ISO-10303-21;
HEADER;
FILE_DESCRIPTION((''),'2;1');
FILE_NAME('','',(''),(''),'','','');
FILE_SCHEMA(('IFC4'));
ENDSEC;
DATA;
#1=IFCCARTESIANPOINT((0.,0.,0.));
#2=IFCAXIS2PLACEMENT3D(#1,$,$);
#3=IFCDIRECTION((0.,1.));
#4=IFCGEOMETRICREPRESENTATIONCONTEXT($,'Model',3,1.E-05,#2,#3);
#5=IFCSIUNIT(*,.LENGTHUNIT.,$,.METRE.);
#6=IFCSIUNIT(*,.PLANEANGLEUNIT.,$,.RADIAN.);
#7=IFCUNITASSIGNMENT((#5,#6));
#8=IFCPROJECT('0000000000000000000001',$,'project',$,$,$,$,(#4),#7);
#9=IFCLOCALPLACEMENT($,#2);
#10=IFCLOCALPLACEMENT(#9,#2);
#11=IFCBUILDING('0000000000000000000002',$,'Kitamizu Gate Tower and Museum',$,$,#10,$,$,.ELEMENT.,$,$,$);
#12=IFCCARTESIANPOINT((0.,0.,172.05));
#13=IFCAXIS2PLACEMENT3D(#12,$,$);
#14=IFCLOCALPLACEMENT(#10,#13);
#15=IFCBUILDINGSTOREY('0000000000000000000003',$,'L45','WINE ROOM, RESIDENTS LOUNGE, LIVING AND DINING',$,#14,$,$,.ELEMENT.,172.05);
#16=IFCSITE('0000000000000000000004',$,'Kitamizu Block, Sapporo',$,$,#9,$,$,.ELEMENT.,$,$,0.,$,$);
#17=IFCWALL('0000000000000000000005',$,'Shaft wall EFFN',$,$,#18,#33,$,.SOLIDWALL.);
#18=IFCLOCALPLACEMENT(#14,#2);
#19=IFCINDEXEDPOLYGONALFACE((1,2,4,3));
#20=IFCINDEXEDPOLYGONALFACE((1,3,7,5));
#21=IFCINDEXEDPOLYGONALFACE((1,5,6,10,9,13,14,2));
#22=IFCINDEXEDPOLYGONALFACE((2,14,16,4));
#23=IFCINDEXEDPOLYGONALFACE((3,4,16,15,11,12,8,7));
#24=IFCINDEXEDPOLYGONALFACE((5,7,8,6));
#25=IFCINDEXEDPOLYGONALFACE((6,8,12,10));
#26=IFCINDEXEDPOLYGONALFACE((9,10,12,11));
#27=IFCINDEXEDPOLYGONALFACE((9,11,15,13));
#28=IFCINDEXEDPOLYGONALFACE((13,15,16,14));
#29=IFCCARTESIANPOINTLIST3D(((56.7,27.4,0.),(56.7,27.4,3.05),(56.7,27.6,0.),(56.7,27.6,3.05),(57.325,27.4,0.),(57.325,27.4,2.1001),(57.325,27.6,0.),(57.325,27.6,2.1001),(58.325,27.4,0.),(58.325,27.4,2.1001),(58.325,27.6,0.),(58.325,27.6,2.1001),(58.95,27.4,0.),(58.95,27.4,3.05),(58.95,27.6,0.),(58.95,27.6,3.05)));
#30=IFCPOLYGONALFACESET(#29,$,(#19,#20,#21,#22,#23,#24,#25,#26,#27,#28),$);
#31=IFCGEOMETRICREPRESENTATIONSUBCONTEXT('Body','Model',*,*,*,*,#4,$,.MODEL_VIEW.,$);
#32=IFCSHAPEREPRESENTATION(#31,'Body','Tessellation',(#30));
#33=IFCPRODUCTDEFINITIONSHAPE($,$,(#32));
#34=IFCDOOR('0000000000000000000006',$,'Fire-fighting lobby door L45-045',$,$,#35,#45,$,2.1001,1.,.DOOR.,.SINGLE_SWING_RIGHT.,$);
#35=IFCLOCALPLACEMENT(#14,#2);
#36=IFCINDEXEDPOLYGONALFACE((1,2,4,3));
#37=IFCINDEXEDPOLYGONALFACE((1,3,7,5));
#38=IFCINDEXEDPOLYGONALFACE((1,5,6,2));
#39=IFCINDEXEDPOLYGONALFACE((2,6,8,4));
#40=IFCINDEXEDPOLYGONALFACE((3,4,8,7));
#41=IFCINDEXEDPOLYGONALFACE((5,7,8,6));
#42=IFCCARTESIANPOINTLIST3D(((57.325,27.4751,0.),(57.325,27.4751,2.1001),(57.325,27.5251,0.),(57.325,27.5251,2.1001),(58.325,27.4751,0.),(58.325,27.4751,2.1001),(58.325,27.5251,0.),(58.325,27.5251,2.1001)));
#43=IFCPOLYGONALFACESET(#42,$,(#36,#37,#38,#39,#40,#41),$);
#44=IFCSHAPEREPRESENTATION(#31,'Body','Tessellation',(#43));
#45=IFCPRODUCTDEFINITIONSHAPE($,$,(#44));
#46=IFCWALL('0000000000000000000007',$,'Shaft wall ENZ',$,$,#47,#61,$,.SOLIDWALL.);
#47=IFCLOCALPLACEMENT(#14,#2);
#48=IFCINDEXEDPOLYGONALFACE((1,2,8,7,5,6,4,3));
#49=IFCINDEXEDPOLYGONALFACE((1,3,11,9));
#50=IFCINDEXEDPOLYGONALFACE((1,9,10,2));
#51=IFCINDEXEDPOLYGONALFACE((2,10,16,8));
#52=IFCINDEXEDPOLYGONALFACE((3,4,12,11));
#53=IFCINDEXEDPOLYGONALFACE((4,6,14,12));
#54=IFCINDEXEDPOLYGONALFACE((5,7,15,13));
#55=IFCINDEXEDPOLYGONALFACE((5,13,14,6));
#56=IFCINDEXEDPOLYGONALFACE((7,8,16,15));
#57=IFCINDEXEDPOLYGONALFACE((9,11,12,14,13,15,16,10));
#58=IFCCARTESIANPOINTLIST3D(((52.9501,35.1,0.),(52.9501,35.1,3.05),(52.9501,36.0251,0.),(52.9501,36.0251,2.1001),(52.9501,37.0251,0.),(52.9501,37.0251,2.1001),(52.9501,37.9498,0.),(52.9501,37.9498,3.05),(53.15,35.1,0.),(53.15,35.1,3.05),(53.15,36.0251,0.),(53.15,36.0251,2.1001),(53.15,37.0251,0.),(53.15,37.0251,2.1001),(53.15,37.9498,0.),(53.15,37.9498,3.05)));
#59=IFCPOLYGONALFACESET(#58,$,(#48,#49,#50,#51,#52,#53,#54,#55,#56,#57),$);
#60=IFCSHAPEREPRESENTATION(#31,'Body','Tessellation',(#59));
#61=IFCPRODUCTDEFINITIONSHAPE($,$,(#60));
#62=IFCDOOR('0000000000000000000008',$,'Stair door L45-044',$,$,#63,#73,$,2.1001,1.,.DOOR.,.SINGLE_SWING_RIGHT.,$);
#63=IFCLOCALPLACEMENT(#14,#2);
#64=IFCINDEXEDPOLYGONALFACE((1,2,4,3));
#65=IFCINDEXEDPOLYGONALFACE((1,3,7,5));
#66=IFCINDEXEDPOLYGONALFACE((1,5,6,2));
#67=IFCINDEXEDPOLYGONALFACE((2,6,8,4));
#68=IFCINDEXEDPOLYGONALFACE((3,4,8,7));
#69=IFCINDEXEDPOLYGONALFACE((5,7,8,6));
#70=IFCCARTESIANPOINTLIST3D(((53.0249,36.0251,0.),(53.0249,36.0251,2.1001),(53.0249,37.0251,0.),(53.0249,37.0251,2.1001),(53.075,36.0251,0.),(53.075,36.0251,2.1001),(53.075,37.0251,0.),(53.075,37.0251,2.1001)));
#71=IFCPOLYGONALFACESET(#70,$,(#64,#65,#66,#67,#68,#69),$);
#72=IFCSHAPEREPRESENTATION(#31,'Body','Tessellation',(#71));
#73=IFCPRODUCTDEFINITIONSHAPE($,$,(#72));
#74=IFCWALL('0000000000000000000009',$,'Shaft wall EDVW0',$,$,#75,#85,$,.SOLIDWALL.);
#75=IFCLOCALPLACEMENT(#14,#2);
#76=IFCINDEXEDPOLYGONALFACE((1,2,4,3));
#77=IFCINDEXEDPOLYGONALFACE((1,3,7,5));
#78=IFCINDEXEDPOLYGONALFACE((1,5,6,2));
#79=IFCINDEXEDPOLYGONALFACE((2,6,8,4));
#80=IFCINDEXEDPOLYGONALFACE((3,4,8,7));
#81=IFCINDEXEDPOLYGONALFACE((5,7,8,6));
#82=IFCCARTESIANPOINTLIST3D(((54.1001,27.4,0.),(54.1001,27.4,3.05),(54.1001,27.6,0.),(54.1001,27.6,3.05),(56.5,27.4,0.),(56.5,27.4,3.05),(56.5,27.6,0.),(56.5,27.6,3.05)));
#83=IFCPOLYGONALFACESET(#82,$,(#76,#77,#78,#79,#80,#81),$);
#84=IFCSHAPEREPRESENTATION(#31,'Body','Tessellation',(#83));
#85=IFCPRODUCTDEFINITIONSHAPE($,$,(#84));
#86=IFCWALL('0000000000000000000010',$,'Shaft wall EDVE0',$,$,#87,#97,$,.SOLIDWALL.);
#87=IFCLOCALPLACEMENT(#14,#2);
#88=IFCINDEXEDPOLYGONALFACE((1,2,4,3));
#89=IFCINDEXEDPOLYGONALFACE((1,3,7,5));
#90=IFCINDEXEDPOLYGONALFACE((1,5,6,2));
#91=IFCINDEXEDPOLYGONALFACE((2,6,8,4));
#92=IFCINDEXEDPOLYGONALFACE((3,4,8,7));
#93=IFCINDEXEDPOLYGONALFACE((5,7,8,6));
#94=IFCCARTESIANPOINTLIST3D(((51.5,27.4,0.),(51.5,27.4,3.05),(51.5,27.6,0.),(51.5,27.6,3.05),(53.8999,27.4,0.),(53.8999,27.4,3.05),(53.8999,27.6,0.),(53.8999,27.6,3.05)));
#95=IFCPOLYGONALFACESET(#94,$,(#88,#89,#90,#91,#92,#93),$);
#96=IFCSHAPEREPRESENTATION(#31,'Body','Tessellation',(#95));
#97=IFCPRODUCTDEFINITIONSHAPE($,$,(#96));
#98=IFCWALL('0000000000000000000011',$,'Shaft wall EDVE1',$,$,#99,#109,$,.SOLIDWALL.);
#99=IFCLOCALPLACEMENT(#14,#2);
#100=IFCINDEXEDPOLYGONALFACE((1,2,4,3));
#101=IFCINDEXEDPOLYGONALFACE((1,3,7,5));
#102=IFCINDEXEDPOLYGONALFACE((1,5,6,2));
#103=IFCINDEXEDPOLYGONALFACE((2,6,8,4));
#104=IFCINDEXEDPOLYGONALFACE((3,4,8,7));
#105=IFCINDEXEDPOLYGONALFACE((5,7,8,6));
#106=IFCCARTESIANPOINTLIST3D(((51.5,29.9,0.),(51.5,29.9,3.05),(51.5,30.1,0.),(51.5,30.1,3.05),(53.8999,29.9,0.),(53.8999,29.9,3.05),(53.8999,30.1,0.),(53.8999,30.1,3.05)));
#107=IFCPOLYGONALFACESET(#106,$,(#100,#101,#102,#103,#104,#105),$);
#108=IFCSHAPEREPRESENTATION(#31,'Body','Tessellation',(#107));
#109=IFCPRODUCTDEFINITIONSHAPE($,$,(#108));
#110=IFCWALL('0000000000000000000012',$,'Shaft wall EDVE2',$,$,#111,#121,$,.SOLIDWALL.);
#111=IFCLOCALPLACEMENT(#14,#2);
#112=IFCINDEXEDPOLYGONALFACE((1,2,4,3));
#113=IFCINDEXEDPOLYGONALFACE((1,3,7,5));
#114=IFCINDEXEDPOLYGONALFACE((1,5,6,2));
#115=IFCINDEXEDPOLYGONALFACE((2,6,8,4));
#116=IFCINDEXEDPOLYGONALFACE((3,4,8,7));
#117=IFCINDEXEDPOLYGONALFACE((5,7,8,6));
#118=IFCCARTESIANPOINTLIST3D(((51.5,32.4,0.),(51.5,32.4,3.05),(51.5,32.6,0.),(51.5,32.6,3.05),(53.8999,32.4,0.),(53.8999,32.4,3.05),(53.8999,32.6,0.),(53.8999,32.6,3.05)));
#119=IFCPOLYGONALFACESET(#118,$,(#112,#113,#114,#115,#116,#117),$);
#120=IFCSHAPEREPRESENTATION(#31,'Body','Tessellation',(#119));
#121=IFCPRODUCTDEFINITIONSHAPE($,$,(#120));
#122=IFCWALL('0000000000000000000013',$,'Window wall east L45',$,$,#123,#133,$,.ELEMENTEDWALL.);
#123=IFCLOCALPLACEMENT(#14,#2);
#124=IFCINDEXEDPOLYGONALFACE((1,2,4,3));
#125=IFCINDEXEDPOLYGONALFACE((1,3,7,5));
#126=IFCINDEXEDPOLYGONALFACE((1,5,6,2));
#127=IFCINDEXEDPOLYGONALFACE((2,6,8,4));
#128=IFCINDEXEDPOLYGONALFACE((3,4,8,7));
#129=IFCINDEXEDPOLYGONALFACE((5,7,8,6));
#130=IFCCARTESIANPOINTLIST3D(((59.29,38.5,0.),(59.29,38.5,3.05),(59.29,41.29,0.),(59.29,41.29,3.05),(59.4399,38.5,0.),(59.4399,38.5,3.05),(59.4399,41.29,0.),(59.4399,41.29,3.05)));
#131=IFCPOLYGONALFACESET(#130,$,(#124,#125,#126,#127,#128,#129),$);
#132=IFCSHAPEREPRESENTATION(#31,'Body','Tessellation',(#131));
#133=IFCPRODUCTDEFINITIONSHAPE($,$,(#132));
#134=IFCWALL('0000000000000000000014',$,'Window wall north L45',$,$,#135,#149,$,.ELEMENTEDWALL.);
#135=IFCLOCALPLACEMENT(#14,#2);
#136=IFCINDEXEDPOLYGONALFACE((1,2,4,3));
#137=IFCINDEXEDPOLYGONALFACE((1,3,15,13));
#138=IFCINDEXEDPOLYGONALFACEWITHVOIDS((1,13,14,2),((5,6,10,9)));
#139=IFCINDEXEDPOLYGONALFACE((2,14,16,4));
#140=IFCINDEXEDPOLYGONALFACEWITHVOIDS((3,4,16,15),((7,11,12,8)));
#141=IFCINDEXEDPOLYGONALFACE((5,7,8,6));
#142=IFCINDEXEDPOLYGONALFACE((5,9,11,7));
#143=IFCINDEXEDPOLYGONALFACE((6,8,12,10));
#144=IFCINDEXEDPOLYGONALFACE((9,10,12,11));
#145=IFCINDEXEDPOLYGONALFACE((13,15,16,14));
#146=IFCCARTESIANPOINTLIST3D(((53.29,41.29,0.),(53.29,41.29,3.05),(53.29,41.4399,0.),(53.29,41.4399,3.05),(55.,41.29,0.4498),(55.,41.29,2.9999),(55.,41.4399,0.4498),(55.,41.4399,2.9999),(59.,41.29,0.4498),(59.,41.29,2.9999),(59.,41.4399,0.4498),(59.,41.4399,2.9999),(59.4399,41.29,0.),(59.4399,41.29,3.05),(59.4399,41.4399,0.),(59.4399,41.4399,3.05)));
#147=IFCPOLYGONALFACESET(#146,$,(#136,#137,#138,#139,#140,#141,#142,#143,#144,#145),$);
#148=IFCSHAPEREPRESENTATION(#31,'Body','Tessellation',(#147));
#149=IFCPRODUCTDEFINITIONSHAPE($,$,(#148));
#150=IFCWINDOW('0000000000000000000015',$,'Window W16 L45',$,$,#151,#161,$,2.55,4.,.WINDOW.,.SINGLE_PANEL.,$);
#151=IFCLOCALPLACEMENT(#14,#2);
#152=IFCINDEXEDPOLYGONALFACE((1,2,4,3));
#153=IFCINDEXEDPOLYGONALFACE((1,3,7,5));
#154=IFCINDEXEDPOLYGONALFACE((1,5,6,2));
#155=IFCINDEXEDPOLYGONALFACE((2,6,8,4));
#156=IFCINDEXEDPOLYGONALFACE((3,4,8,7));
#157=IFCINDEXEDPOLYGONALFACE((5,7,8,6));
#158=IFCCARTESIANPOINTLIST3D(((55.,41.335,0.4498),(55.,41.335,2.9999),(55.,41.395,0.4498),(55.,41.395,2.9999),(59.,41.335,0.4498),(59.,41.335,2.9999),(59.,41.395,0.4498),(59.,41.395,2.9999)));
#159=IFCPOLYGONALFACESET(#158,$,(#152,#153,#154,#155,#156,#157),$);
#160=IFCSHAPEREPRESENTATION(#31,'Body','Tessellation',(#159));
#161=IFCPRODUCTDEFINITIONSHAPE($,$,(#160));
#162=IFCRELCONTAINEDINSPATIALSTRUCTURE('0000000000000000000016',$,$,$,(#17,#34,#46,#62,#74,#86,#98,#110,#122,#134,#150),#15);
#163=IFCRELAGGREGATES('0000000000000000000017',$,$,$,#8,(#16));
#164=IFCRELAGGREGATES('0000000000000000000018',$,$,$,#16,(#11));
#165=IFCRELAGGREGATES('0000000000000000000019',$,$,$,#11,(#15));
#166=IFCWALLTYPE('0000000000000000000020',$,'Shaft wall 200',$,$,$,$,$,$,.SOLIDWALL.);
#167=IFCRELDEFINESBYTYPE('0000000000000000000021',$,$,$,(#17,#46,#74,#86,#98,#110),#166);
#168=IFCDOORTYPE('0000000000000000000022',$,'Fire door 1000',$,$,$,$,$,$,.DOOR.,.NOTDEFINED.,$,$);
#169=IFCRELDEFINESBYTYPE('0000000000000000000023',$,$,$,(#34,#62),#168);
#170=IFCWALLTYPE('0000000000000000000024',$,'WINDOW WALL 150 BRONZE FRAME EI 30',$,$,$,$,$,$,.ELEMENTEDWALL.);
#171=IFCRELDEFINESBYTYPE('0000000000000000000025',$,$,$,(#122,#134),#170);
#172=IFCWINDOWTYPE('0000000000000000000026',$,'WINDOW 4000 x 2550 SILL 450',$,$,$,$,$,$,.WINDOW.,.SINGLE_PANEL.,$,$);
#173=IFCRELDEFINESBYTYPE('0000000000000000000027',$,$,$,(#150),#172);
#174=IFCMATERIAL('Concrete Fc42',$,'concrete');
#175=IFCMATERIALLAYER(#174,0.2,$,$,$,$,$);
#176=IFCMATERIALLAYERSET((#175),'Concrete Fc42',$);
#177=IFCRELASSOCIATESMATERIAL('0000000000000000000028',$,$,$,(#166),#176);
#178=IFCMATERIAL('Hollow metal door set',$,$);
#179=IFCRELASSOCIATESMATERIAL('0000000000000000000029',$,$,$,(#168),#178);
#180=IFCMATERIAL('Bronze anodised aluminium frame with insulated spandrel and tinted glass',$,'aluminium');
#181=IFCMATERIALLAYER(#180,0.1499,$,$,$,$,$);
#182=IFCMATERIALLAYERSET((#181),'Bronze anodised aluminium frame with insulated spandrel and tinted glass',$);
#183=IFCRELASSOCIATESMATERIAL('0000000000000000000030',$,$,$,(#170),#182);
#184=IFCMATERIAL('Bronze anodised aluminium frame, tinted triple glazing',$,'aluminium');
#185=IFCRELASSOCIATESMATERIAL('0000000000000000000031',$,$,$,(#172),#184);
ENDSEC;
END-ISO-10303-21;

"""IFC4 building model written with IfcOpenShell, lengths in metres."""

from ifc_helpers import new_model, si_unit, direction, frame, frame_2d, origin, place, context, subcontext, project, spatial, rectangle, extrude, material, layer, layer_set, type_object, element, fill, save


model = new_model("IFC4")

# Units and contexts
model_context = context("Model", 3, precision=1e-05, world=origin(), true_north=direction((0.0, 1.0)))
body_context = subcontext(model_context, "Body", "Model", "MODEL_VIEW")
ifc_project = project(units=[si_unit("LENGTHUNIT", "METRE"), si_unit("PLANEANGLEUNIT", "RADIAN")], contexts=[model_context])

# Site, building, storey
site_placement = place(None, origin())
site = spatial("IfcSite", under=ifc_project, at=site_placement, Name="Kitamizu Block, Sapporo", CompositionType="ELEMENT", RefElevation=0.0)
building_placement = place(site_placement, origin())
building = spatial("IfcBuilding", under=site, at=building_placement, Name="Kitamizu Gate Tower and Museum", CompositionType="ELEMENT")
storey_placement = place(building_placement, frame((0.0, 0.0, 172.05)))
storey = spatial("IfcBuildingStorey", under=building, at=storey_placement, Name="L45", Description="WINE ROOM, RESIDENTS LOUNGE, LIVING AND DINING", CompositionType="ELEMENT", Elevation=172.05)

# Shared definitions
ifc_material_1 = material(Name="Concrete Fc42", Category="concrete")
ifc_layer_1 = layer(ifc_material_1, 0.2)
ifc_layer_set_1 = layer_set([ifc_layer_1], Name="Concrete Fc42")
wall_type_1 = type_object("IfcWallType", Name="Shaft wall 200", PredefinedType="SOLIDWALL", material=ifc_layer_set_1)

# Walls, openings, doors
wall_1_placement = place(storey_placement, frame((58.95, 27.5, 0.0), z_axis=(0.0, 0.0, 1.0), x_axis=(-1.0, 0.0, 0.0)))
wall_1 = element("IfcWall", 1, at=wall_1_placement, inside=storey, type_object=wall_type_1, Name="Shaft wall EFFN", PredefinedType="SOLIDWALL", context=body_context, shape_type="SweptSolid", body=[
    extrude(rectangle(XDim=2.25, YDim=0.2, at=frame_2d((1.125, 0.0))), origin(), (0.0, 0.0, 1.0), 3.05),
])
opening_1_placement = place(wall_1_placement, frame((0.625, 0.0, 0.0)))
opening_1 = element("IfcOpeningElement", 2, at=opening_1_placement, cuts=wall_1, PredefinedType="OPENING", context=body_context, shape_type="SweptSolid", body=[
    extrude(rectangle(XDim=1.0, YDim=2.1001, at=frame_2d((0.5, 1.05))), frame((0.0, 0.1099, 0.0), z_axis=(0.0, -1.0, 0.0), x_axis=(1.0, 0.0, 0.0)), (0.0, 0.0, 1.0), 0.22),
])
ifc_material_2 = material(Name="Hollow metal door set")
door_type_1 = type_object("IfcDoorType", Name="Fire door 1000", OperationType="NOTDEFINED", PredefinedType="DOOR", material=ifc_material_2)
door_1_placement = place(opening_1_placement, origin())
door_1 = element("IfcDoor", 3, at=door_1_placement, inside=storey, type_object=door_type_1, Name="Fire-fighting lobby door L45-045", OperationType="SINGLE_SWING_RIGHT", OverallHeight=2.1001, OverallWidth=1.0, PredefinedType="DOOR", context=body_context, shape_type="SweptSolid", body=[
    extrude(rectangle(XDim=1.0, YDim=2.1001, at=frame_2d((0.5, 1.05))), frame((0.0, 0.0249, 0.0), z_axis=(0.0, -1.0, 0.0), x_axis=(1.0, 0.0, 0.0)), (0.0, 0.0, 1.0), 0.05),
])
fill(opening_1, door_1)
wall_2_placement = place(storey_placement, frame((53.05, 35.1001, 0.0), z_axis=(0.0, 0.0, 1.0), x_axis=(0.0, 1.0, 0.0)))
wall_2 = element("IfcWall", 4, at=wall_2_placement, inside=storey, type_object=wall_type_1, Name="Shaft wall ENZ", PredefinedType="SOLIDWALL", context=body_context, shape_type="SweptSolid", body=[
    extrude(rectangle(XDim=2.8499, YDim=0.2, at=frame_2d((1.4248, 0.0))), origin(), (0.0, 0.0, 1.0), 3.05),
])
opening_2_placement = place(wall_2_placement, frame((0.925, 0.0, 0.0)))
opening_2 = element("IfcOpeningElement", 5, at=opening_2_placement, cuts=wall_2, PredefinedType="OPENING", context=body_context, shape_type="SweptSolid", body=[
    extrude(rectangle(XDim=1.0, YDim=2.1001, at=frame_2d((0.5, 1.05))), frame((0.0, 0.1099, 0.0), z_axis=(0.0, -1.0, 0.0), x_axis=(1.0, 0.0, 0.0)), (0.0, 0.0, 1.0), 0.22),
])
door_2_placement = place(opening_2_placement, frame((1.0, 0.0, 0.0), x_axis=(-1.0, 0.0, 0.0)))
door_2 = element("IfcDoor", 6, at=door_2_placement, inside=storey, type_object=door_type_1, Name="Stair door L45-044", OperationType="SINGLE_SWING_RIGHT", OverallHeight=2.1001, OverallWidth=1.0, PredefinedType="DOOR", context=body_context, shape_type="SweptSolid", body=[
    extrude(rectangle(XDim=1.0, YDim=2.1001, at=frame_2d((0.5, 1.05))), frame((0.0, 0.0249, 0.0), z_axis=(0.0, -1.0, 0.0), x_axis=(1.0, 0.0, 0.0)), (0.0, 0.0, 1.0), 0.05),
])
fill(opening_2, door_2)

# Walls
for number, where, z_axis, x_axis, name in (
    (7, (56.5, 27.5, 0.0), (0.0, 0.0, 1.0), (-1.0, 0.0, 0.0), "Shaft wall EDVW0"),
    (8, (53.8999, 27.5, 0.0), (0.0, 0.0, 1.0), (-1.0, 0.0, 0.0), "Shaft wall EDVE0"),
    (9, (53.8999, 30.0, 0.0), (0.0, 0.0, 1.0), (-1.0, 0.0, 0.0), "Shaft wall EDVE1"),
    (10, (53.8999, 32.5, 0.0), (0.0, 0.0, 1.0), (-1.0, 0.0, 0.0), "Shaft wall EDVE2"),
):
    element("IfcWall", number, at=place(storey_placement, frame(where, z_axis=z_axis, x_axis=x_axis)), inside=storey, type_object=wall_type_1, Name=name, PredefinedType="SOLIDWALL", context=body_context, shape_type="SweptSolid", body=[
        extrude(rectangle(XDim=2.3999, YDim=0.2, at=frame_2d((1.2, 0.0))), origin(), (0.0, 0.0, 1.0), 3.05),
    ])
ifc_material_3 = material(Name="Bronze anodised aluminium frame with insulated spandrel and tinted glass", Category="aluminium")
ifc_layer_2 = layer(ifc_material_3, 0.1499)
ifc_layer_set_2 = layer_set([ifc_layer_2], Name="Bronze anodised aluminium frame with insulated spandrel and tinted glass")
wall_type_2 = type_object("IfcWallType", Name="WINDOW WALL 150 BRONZE FRAME EI 30", PredefinedType="ELEMENTEDWALL", material=ifc_layer_set_2)
wall_3_placement = place(storey_placement, frame((59.365, 38.5, 0.0), z_axis=(0.0, 0.0, 1.0), x_axis=(0.0, 1.0, 0.0)))
element("IfcWall", 11, at=wall_3_placement, inside=storey, type_object=wall_type_2, Name="Window wall east L45", PredefinedType="ELEMENTEDWALL", context=body_context, shape_type="SweptSolid", body=[
    extrude(rectangle(XDim=2.79, YDim=0.1499, at=frame_2d((1.395, 0.0))), origin(), (0.0, 0.0, 1.0), 3.05),
])

# Wall, opening, window
wall_4_placement = place(storey_placement, frame((53.29, 41.365, 0.0), z_axis=(0.0, 0.0, 1.0), x_axis=(1.0, 0.0, 0.0)))
wall_4 = element("IfcWall", 12, at=wall_4_placement, inside=storey, type_object=wall_type_2, Name="Window wall north L45", PredefinedType="ELEMENTEDWALL", context=body_context, shape_type="SweptSolid", body=[
    extrude(rectangle(XDim=6.1499, YDim=0.1499, at=frame_2d((3.075, 0.0))), origin(), (0.0, 0.0, 1.0), 3.05),
])
opening_3_placement = place(wall_4_placement, frame((1.71, 0.0, 0.45)))
opening_3 = element("IfcOpeningElement", 13, at=opening_3_placement, cuts=wall_4, PredefinedType="OPENING", context=body_context, shape_type="SweptSolid", body=[
    extrude(rectangle(XDim=4.0, YDim=2.55, at=frame_2d((2.0, 1.2749))), frame((0.0, 0.085, 0.0), z_axis=(0.0, -1.0, 0.0), x_axis=(1.0, 0.0, 0.0)), (0.0, 0.0, 1.0), 0.1699),
])
ifc_material_4 = material(Name="Bronze anodised aluminium frame, tinted triple glazing", Category="aluminium")
window_type = type_object("IfcWindowType", Name="WINDOW 4000 x 2550 SILL 450", PartitioningType="SINGLE_PANEL", PredefinedType="WINDOW", material=ifc_material_4)
window_1_placement = place(opening_3_placement, origin())
window_1 = element("IfcWindow", 14, at=window_1_placement, inside=storey, type_object=window_type, Name="Window W16 L45", OverallHeight=2.55, OverallWidth=4.0, PartitioningType="SINGLE_PANEL", PredefinedType="WINDOW", context=body_context, shape_type="SweptSolid", body=[
    extrude(rectangle(XDim=4.0, YDim=2.55, at=frame_2d((2.0, 1.2749))), frame((0.0, 0.03, 0.0), z_axis=(0.0, -1.0, 0.0), x_axis=(1.0, 0.0, 0.0)), (0.0, 0.0, 1.0), 0.0601),
])
fill(opening_3, window_1)

save(model, "model.ifc")
